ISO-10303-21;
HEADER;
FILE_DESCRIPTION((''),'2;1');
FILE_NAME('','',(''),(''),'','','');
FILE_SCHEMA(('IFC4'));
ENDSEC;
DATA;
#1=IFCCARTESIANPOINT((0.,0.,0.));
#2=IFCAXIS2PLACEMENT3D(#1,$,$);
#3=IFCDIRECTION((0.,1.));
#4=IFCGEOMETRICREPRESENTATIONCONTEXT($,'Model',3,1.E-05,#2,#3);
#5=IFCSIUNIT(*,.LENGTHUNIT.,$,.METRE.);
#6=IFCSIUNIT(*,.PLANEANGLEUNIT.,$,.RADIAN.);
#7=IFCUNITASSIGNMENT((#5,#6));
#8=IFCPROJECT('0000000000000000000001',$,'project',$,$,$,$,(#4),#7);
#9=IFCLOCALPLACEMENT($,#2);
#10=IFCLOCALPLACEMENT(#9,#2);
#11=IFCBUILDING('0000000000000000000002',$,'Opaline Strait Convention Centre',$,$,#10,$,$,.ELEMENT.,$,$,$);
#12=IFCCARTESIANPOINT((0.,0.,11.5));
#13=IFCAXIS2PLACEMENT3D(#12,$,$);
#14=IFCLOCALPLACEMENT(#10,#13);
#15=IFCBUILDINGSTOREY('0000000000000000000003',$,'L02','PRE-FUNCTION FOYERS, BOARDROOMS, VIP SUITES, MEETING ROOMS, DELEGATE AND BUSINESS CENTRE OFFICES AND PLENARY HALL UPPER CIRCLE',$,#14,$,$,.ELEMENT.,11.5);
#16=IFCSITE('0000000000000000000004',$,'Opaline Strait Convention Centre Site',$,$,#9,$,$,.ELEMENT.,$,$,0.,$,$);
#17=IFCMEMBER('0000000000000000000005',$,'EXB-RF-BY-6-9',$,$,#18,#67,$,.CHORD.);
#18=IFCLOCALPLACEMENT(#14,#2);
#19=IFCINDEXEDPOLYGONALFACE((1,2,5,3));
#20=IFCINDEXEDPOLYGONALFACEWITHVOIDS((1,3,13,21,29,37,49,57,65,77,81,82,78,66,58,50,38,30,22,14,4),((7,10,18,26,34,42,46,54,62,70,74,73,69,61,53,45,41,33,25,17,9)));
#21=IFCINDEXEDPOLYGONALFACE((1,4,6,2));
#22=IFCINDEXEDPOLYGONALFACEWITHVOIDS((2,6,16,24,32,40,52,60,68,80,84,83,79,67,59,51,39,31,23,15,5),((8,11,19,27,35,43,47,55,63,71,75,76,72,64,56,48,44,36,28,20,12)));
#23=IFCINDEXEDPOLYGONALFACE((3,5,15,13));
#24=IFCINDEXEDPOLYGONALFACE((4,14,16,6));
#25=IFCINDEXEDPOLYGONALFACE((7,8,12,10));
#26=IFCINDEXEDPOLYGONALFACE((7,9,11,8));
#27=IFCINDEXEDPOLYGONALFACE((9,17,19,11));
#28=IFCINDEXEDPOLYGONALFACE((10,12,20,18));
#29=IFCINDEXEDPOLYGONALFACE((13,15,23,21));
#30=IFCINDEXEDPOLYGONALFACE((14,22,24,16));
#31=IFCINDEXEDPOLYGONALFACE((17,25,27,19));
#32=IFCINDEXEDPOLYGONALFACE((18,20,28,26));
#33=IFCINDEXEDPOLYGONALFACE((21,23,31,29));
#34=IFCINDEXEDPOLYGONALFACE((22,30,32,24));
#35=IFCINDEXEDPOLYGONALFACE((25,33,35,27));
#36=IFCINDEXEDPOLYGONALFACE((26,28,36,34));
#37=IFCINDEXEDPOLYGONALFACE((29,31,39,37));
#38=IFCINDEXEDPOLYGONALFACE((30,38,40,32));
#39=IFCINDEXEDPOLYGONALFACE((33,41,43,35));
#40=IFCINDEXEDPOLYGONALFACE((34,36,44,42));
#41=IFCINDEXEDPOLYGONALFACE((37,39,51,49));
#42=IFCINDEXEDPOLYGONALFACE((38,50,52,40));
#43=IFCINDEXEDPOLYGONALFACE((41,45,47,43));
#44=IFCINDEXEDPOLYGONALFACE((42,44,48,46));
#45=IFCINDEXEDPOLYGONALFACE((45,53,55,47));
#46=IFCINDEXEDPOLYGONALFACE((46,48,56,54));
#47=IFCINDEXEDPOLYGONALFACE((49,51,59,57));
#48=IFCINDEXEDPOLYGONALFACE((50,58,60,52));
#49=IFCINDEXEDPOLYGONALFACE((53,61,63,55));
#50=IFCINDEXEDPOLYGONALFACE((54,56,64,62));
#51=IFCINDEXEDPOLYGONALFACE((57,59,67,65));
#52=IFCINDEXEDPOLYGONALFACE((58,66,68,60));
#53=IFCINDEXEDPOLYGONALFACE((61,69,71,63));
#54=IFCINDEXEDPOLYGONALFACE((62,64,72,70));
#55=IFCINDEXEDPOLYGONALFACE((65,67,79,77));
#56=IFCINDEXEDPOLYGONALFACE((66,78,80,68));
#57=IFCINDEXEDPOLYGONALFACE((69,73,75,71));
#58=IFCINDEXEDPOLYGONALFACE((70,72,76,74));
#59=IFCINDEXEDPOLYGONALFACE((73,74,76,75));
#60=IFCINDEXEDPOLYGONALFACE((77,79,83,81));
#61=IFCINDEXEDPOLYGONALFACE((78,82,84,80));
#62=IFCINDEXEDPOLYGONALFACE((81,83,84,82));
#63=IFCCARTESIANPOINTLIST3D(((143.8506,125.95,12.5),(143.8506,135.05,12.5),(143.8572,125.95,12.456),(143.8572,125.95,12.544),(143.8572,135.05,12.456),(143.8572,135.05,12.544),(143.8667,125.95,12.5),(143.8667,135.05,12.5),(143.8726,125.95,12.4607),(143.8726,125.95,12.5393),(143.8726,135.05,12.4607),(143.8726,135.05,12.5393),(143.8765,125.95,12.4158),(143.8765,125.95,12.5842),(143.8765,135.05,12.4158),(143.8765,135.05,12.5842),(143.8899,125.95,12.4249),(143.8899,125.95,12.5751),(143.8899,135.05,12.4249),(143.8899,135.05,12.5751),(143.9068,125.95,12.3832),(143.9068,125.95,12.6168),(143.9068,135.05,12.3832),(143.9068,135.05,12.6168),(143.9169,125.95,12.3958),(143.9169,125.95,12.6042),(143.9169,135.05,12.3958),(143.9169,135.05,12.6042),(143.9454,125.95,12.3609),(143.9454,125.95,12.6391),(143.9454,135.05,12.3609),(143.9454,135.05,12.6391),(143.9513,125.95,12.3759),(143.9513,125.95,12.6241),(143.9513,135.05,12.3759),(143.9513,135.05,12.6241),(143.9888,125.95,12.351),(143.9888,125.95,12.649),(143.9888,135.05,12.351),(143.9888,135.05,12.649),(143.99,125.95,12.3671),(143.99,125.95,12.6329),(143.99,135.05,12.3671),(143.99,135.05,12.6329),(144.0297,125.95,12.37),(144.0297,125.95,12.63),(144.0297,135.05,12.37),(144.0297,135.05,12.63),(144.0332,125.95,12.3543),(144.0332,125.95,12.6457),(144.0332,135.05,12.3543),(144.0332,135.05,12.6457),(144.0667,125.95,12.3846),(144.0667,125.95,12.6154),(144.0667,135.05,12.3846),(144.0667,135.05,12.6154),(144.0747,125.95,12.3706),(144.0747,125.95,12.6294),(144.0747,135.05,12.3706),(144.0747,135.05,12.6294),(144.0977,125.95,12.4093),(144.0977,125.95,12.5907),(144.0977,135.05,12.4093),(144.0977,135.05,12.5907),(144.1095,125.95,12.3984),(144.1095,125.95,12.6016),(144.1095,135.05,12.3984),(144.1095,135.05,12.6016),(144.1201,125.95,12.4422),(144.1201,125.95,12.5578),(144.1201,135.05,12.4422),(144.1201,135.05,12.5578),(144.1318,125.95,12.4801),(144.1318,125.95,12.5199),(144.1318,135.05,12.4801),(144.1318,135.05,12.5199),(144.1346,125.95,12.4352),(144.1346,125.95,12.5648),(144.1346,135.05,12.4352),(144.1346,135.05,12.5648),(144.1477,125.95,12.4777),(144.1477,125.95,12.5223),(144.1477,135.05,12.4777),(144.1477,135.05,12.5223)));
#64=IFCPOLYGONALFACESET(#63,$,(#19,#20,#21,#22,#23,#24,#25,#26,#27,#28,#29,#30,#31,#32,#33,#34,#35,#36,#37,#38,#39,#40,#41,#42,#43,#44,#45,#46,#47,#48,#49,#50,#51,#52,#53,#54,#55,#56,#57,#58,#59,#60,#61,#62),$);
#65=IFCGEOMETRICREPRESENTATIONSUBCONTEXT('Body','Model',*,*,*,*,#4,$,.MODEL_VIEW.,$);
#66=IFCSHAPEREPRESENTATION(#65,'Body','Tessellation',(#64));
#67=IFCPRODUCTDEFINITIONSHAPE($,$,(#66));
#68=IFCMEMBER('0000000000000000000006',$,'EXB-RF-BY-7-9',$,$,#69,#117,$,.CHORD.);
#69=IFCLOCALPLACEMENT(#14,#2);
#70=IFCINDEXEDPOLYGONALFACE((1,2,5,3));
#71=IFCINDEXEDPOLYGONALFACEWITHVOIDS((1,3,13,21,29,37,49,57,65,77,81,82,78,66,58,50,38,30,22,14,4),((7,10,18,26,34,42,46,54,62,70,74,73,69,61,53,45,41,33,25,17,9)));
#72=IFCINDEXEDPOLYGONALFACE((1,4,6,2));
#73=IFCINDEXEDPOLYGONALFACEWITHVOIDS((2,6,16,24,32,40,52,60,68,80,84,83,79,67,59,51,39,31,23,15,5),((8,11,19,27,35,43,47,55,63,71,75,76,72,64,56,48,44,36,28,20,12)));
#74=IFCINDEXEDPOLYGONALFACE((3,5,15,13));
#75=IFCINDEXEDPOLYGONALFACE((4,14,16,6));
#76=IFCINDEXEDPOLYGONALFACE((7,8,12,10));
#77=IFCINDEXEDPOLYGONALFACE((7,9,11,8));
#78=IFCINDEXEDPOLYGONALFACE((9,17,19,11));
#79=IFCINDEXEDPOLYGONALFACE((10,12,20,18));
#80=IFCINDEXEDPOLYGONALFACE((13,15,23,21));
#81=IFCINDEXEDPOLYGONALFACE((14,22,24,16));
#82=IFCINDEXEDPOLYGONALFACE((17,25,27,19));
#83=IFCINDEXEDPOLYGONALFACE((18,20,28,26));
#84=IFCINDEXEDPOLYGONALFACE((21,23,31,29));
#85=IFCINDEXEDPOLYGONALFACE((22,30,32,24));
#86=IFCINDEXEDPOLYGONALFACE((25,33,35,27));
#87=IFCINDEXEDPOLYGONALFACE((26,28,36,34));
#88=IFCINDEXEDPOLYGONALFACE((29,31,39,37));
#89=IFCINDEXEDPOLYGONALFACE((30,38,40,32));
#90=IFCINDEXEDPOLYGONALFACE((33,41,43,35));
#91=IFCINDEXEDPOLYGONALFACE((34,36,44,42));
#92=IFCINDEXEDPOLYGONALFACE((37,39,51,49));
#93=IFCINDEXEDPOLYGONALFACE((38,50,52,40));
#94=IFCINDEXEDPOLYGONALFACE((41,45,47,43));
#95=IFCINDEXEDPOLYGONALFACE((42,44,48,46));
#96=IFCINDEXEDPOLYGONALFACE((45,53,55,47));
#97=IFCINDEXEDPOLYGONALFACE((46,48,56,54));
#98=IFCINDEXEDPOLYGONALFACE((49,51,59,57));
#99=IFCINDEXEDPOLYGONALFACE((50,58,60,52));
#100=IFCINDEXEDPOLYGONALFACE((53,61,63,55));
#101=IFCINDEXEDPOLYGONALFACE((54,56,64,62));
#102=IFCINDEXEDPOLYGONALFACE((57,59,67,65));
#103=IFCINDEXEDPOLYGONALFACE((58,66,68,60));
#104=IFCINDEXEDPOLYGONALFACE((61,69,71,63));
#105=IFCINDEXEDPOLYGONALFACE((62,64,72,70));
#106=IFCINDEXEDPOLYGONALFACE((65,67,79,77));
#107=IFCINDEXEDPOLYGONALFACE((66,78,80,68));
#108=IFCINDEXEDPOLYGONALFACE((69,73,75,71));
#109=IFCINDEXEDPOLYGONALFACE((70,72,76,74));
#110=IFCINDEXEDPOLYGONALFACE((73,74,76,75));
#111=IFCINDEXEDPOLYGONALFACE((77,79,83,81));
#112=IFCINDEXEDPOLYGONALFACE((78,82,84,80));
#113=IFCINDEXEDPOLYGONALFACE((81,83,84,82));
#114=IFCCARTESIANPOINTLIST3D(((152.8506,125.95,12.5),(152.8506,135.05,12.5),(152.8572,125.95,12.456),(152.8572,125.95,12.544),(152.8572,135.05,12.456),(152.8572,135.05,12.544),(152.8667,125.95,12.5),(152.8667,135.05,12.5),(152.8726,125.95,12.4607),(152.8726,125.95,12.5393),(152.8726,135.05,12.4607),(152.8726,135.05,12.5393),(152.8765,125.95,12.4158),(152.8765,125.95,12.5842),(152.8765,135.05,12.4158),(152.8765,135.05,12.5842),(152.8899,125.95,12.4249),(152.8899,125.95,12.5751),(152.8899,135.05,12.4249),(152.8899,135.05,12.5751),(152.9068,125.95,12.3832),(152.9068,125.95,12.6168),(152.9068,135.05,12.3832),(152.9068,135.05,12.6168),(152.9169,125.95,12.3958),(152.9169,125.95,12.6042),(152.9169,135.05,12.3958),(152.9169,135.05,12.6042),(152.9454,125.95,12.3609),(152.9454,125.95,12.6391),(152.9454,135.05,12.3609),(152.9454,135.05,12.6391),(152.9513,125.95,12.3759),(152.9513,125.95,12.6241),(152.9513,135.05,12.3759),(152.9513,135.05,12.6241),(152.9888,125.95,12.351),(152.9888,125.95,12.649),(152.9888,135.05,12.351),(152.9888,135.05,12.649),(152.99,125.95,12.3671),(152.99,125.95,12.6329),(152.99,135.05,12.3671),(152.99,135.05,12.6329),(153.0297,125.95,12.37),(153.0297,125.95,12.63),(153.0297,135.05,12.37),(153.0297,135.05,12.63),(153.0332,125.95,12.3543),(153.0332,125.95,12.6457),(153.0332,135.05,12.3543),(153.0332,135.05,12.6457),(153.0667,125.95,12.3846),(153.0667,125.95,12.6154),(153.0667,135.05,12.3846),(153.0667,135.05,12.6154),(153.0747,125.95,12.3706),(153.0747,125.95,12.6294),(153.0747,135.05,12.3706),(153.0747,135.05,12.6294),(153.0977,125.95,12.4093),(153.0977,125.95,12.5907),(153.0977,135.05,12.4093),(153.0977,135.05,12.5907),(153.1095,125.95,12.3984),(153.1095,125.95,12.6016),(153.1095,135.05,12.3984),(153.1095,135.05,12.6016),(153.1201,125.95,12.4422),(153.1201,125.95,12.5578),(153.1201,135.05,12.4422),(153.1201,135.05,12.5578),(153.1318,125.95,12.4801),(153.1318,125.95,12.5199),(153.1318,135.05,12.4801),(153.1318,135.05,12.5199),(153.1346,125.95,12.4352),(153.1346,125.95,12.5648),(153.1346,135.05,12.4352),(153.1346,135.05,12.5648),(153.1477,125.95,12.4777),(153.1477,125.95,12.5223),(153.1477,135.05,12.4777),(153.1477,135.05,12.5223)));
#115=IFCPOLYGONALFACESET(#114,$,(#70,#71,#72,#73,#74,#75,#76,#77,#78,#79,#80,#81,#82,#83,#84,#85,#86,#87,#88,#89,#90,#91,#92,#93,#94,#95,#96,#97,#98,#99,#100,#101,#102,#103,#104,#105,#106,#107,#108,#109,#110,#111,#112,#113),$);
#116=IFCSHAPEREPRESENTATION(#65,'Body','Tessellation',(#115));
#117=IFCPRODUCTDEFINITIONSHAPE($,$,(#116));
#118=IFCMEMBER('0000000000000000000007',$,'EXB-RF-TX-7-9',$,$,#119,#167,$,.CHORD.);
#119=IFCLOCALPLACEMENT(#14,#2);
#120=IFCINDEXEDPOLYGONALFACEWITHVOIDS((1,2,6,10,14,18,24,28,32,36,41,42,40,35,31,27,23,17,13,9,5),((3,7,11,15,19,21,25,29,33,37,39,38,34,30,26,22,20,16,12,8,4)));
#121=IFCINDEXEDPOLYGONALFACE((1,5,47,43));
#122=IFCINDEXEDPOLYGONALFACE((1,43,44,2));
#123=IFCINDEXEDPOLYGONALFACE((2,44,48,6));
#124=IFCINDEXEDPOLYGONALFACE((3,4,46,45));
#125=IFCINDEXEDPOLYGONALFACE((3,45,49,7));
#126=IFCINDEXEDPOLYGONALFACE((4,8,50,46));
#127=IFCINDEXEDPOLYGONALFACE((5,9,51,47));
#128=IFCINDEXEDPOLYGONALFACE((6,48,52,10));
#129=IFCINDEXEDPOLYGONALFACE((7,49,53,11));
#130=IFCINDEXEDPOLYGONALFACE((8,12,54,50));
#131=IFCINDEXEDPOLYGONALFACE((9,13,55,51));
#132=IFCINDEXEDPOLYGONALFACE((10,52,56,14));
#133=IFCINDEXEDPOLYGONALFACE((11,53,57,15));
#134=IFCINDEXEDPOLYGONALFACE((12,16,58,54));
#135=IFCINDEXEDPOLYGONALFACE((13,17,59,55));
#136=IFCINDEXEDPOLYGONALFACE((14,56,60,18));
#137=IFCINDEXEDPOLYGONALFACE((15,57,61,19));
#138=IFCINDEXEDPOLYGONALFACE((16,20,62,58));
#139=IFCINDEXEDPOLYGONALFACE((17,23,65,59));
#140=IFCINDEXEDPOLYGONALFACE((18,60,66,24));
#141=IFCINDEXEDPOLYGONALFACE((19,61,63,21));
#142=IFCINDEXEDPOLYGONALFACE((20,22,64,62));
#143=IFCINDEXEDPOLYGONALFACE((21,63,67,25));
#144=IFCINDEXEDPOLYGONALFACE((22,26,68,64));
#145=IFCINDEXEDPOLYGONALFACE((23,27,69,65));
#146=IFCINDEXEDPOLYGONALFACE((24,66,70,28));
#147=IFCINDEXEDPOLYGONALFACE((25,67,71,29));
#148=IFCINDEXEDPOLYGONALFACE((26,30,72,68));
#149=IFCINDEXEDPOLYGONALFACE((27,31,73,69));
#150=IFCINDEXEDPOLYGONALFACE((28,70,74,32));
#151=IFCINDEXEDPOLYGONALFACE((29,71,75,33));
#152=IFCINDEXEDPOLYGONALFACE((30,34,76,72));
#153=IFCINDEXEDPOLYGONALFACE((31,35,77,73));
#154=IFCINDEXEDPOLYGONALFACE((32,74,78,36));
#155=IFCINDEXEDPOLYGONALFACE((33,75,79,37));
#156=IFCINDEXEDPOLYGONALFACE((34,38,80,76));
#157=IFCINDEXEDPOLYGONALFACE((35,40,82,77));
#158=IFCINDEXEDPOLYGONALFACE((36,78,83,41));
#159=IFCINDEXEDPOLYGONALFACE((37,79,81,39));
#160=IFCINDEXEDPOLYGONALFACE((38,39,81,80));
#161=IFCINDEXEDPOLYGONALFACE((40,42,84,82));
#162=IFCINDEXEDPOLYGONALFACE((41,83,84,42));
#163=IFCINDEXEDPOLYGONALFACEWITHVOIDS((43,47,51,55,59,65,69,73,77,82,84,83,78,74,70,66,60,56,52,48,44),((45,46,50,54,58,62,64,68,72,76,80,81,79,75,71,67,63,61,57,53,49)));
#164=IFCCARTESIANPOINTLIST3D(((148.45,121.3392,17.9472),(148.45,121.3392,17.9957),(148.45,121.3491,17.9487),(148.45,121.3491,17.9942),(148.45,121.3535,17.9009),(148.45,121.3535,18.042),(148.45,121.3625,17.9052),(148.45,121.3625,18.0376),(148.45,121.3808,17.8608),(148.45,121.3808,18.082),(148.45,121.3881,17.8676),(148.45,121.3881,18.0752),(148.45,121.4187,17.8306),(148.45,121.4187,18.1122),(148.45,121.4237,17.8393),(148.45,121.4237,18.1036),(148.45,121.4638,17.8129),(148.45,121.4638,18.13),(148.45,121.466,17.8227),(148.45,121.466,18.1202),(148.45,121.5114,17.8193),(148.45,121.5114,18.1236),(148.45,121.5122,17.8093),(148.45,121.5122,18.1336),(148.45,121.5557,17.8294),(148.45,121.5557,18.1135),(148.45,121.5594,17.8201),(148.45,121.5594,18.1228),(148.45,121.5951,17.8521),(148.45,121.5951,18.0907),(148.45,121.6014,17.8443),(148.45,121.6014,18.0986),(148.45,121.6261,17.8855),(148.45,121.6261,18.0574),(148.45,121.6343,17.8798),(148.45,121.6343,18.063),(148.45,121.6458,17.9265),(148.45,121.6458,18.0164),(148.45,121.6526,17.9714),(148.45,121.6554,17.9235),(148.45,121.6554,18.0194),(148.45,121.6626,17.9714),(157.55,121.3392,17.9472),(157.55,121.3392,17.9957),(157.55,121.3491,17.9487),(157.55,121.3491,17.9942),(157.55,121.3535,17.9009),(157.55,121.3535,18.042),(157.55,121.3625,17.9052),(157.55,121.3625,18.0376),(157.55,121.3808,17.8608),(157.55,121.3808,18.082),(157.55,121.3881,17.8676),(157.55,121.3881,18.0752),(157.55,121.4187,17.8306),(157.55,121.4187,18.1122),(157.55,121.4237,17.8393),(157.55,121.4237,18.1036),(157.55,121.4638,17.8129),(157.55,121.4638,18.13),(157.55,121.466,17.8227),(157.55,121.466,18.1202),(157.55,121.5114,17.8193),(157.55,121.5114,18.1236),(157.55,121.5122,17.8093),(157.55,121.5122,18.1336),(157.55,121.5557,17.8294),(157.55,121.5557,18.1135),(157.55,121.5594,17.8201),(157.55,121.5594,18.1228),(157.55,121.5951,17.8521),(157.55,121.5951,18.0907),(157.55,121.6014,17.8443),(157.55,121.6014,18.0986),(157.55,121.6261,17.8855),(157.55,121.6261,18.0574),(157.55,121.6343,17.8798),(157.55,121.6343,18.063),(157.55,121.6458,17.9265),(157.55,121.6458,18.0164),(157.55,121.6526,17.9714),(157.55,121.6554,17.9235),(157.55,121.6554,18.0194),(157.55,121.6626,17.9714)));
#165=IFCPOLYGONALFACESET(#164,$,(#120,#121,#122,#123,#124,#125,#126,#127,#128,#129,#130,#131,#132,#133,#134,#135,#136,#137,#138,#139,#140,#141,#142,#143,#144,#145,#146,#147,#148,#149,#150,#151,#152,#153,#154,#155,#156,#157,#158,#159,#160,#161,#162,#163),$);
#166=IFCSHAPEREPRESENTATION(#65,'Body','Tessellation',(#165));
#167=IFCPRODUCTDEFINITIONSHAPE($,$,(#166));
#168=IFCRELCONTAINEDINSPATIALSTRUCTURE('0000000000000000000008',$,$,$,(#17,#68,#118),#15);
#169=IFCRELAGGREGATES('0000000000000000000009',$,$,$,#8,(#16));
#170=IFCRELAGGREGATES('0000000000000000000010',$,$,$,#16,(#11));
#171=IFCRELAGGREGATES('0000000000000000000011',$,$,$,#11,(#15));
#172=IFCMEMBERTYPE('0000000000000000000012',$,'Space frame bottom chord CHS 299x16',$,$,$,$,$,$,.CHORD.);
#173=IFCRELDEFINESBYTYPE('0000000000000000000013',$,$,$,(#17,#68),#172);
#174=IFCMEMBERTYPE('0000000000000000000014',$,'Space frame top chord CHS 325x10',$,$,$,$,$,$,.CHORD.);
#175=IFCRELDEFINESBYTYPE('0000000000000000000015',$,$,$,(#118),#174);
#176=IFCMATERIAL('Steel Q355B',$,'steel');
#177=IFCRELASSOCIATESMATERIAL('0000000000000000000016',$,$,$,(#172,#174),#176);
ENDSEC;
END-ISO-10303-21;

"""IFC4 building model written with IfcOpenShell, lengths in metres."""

from ifc_helpers import new_model, si_unit, direction, frame, origin, origin_2d, place, context, subcontext, project, spatial, hollow_circle, extrude, material, material_profile, profile_set, type_object, element, save


model = new_model("IFC4")

# Units and contexts
model_context = context("Model", 3, precision=1e-05, world=origin(), true_north=direction((0.0, 1.0)))
body_context = subcontext(model_context, "Body", "Model", "MODEL_VIEW")
ifc_project = project(units=[si_unit("LENGTHUNIT", "METRE"), si_unit("PLANEANGLEUNIT", "RADIAN")], contexts=[model_context])

# Site, building, storey
site_placement = place(None, origin())
site = spatial("IfcSite", under=ifc_project, at=site_placement, Name="Opaline Strait Convention Centre Site", CompositionType="ELEMENT", RefElevation=0.0)
building_placement = place(site_placement, origin())
building = spatial("IfcBuilding", under=site, at=building_placement, Name="Opaline Strait Convention Centre", CompositionType="ELEMENT")
storey_placement = place(building_placement, frame((0.0, 0.0, 11.5)))
storey = spatial("IfcBuildingStorey", under=building, at=storey_placement, Name="L02", Description="PRE-FUNCTION FOYERS, BOARDROOMS, VIP SUITES, MEETING ROOMS, DELEGATE AND BUSINESS CENTRE OFFICES AND PLENARY HALL UPPER CIRCLE", CompositionType="ELEMENT", Elevation=11.5)

# Members
ifc_material_1 = material(Name="Steel Q355B", Category="steel")
ifc_material_profile_1 = material_profile(ifc_material_1, hollow_circle(Radius=0.1494, WallThickness=0.0161, at=origin_2d()), Name="CHS 299x16")
ifc_profile_set_1 = profile_set([ifc_material_profile_1], Name="Steel Q355B")
member_type_1 = type_object("IfcMemberType", Name="Space frame bottom chord CHS 299x16", PredefinedType="CHORD", material=ifc_profile_set_1)
for number, where, z_axis, x_axis, name in (
    (1, (144.0, 125.95, 12.5), (0.0, 1.0, 0.0), (-1.0, 0.0, 0.0), "EXB-RF-BY-6-9"),
    (2, (153.0, 125.95, 12.5), (0.0, 1.0, 0.0), (-1.0, 0.0, 0.0), "EXB-RF-BY-7-9"),
):
    element("IfcMember", number, at=place(storey_placement, frame(where, z_axis=z_axis, x_axis=x_axis)), inside=storey, type_object=member_type_1, Name=name, PredefinedType="CHORD", context=body_context, shape_type="SweptSolid", body=[
        extrude(hollow_circle(Radius=0.1494, WallThickness=0.0161, at=origin_2d()), origin(), (0.0, 0.0, 1.0), 9.1001),
    ])
ifc_material_profile_2 = material_profile(ifc_material_1, hollow_circle(Radius=0.1626, WallThickness=0.01, at=origin_2d()), Name="CHS 325x10")
ifc_profile_set_2 = profile_set([ifc_material_profile_2], Name="Steel Q355B")
member_type_2 = type_object("IfcMemberType", Name="Space frame top chord CHS 325x10", PredefinedType="CHORD", material=ifc_profile_set_2)
for number, where, z_axis, x_axis, name in (
    (3, (148.45, 121.5, 17.9714), (1.0, 0.0, 0.0), (0.0, 1.0, 0.0), "EXB-RF-TX-7-9"),
):
    element("IfcMember", number, at=place(storey_placement, frame(where, z_axis=z_axis, x_axis=x_axis)), inside=storey, type_object=member_type_2, Name=name, PredefinedType="CHORD", context=body_context, shape_type="SweptSolid", body=[
        extrude(hollow_circle(Radius=0.1626, WallThickness=0.01, at=origin_2d()), origin(), (0.0, 0.0, 1.0), 9.1001),
    ])

save(model, "model.ifc")
